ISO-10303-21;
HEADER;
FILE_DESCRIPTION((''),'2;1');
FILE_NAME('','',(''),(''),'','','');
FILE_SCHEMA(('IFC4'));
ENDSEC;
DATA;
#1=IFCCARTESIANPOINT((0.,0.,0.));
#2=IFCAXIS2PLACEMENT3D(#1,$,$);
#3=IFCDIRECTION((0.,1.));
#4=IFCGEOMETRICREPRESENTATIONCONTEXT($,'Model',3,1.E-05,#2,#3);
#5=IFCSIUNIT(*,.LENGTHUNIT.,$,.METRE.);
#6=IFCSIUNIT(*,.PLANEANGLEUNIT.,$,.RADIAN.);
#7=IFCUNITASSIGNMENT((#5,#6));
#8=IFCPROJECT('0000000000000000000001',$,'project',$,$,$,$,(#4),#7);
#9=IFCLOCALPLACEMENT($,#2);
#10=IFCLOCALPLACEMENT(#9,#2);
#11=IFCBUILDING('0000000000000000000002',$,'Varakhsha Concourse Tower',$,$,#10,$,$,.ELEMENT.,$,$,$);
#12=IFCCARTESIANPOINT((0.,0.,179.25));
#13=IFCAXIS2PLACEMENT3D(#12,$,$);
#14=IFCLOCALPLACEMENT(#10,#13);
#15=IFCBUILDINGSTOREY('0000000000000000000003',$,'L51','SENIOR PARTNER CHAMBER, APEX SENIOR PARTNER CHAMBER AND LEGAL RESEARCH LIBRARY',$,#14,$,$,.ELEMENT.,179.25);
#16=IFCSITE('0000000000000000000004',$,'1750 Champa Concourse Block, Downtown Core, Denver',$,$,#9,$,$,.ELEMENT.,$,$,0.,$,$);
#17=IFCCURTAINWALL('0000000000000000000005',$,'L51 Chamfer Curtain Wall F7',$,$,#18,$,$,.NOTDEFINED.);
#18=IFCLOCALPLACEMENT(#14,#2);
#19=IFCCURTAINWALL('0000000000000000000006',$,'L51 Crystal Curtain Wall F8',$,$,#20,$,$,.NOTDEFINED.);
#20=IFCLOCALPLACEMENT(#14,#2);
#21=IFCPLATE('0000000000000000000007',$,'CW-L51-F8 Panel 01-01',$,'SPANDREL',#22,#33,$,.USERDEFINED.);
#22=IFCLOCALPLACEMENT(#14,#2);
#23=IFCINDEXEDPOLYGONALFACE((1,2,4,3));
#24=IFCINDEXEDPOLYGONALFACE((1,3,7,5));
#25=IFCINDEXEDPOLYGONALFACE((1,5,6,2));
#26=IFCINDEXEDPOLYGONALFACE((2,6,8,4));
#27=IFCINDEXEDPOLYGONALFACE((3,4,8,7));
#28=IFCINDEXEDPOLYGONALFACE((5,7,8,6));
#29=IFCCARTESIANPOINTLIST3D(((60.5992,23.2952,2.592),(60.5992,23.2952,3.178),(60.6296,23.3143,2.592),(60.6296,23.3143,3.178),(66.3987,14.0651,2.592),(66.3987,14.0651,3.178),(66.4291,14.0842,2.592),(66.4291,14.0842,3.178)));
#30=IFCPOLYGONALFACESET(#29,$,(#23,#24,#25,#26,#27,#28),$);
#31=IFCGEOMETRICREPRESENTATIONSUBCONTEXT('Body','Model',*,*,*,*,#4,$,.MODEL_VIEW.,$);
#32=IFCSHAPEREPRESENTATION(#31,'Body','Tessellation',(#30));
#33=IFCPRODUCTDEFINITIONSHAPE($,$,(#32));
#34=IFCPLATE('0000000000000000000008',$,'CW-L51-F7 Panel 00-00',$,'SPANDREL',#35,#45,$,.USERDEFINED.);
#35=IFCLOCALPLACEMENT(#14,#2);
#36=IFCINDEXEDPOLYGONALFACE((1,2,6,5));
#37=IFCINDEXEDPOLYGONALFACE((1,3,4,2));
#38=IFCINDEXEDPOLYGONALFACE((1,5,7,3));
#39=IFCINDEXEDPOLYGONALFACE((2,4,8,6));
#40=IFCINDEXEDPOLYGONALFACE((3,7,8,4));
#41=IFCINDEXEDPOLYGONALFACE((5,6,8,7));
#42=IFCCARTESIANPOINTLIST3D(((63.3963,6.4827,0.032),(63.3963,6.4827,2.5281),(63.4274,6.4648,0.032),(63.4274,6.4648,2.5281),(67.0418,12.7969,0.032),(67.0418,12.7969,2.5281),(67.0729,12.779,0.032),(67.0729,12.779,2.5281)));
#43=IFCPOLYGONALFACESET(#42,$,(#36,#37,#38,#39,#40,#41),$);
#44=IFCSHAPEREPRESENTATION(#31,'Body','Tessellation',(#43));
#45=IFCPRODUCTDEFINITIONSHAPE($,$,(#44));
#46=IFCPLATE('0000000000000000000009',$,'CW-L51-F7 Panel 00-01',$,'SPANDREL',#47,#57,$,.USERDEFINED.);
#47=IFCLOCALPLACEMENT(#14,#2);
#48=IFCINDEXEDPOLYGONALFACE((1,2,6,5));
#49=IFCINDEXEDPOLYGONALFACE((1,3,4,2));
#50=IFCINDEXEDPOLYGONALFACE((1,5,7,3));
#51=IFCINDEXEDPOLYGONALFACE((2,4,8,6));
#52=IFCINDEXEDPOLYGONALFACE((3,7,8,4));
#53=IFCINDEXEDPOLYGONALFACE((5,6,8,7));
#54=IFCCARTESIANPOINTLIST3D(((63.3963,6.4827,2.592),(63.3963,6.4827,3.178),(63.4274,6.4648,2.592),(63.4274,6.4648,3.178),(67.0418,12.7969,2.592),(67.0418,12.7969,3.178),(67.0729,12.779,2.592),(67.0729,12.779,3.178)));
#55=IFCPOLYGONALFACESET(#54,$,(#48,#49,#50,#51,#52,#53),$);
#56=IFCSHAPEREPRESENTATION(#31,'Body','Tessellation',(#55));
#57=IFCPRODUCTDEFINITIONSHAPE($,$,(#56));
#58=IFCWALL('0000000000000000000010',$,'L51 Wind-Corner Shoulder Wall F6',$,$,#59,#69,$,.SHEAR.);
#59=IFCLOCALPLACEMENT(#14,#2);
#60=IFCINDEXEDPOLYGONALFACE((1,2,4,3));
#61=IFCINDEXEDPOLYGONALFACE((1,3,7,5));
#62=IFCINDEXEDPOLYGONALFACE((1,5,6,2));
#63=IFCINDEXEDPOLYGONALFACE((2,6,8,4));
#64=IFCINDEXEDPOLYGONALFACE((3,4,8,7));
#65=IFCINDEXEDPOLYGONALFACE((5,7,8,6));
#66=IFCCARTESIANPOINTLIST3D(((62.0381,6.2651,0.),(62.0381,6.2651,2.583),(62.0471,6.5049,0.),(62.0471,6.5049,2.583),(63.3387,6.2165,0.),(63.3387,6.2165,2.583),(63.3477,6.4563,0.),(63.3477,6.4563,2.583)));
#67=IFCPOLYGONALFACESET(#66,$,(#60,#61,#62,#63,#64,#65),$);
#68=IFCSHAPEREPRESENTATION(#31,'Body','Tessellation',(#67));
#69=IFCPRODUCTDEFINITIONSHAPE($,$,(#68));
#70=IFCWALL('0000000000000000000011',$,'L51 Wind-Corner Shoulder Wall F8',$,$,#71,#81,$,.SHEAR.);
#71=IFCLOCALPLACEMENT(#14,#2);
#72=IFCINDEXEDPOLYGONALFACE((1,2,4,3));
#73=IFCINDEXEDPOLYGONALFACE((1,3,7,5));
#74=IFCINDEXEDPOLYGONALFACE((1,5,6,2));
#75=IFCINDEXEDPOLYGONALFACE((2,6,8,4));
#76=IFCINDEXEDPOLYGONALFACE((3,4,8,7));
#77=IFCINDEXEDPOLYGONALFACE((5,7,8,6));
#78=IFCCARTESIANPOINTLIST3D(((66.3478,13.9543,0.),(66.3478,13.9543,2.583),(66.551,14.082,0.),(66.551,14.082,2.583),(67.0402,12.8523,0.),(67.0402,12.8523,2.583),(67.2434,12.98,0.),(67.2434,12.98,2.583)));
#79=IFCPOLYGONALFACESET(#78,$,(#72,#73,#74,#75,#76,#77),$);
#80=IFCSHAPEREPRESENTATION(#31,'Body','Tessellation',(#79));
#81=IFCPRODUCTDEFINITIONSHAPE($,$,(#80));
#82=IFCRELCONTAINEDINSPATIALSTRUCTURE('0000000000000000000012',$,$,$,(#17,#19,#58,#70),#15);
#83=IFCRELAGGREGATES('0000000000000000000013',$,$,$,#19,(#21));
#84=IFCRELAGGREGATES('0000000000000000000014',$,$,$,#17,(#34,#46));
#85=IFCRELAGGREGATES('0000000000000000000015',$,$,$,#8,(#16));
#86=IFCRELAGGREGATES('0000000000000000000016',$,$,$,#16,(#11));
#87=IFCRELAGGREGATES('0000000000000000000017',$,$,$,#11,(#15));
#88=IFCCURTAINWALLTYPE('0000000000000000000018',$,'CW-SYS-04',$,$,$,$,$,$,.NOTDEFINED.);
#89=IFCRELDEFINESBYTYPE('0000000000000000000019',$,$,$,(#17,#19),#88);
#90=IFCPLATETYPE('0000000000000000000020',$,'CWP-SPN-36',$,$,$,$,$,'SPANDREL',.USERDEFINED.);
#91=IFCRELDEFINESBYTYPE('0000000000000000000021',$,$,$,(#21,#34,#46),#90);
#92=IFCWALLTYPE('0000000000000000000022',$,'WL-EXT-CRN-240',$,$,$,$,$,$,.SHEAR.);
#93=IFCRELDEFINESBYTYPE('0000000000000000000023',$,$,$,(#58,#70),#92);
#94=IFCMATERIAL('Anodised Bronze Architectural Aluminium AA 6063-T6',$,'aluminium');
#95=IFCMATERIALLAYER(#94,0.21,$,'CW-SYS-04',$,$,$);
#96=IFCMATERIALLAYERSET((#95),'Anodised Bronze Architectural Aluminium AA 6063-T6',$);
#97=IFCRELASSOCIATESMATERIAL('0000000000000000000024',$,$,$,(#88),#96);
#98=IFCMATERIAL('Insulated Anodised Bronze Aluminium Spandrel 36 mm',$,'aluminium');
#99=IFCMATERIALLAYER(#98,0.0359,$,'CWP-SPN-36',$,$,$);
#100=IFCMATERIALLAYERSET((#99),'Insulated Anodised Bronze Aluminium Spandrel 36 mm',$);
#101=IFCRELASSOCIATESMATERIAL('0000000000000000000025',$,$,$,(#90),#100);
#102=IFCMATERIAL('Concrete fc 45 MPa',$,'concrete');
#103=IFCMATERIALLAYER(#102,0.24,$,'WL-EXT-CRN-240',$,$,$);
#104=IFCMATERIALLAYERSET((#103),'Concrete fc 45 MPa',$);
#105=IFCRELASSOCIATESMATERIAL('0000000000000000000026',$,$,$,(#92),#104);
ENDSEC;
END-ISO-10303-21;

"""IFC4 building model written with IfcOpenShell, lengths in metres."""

from ifc_helpers import new_model, si_unit, direction, frame, frame_2d, origin, origin_2d, place, context, subcontext, project, spatial, rectangle, extrude, source, transform, mapped, material, layer, layer_set, type_object, element, aggregate, save


model = new_model("IFC4")

# Units and contexts
model_context = context("Model", 3, precision=1e-05, world=origin(), true_north=direction((0.0, 1.0)))
body_context = subcontext(model_context, "Body", "Model", "MODEL_VIEW")
ifc_project = project(units=[si_unit("LENGTHUNIT", "METRE"), si_unit("PLANEANGLEUNIT", "RADIAN")], contexts=[model_context])

# Site, building, storey
site_placement = place(None, origin())
site = spatial("IfcSite", under=ifc_project, at=site_placement, Name="1750 Champa Concourse Block, Downtown Core, Denver", CompositionType="ELEMENT", RefElevation=0.0)
building_placement = place(site_placement, origin())
building = spatial("IfcBuilding", under=site, at=building_placement, Name="Varakhsha Concourse Tower", CompositionType="ELEMENT")
storey_placement = place(building_placement, frame((0.0, 0.0, 179.25)))
storey = spatial("IfcBuildingStorey", under=building, at=storey_placement, Name="L51", Description="SENIOR PARTNER CHAMBER, APEX SENIOR PARTNER CHAMBER AND LEGAL RESEARCH LIBRARY", CompositionType="ELEMENT", Elevation=179.25)

# Shared definitions
ifc_material_1 = material(Name="Anodised Bronze Architectural Aluminium AA 6063-T6", Category="aluminium")
ifc_layer_1 = layer(ifc_material_1, 0.21, Name="CW-SYS-04")
ifc_layer_set_1 = layer_set([ifc_layer_1], Name="Anodised Bronze Architectural Aluminium AA 6063-T6")
curtain_wall_type = type_object("IfcCurtainWallType", Name="CW-SYS-04", PredefinedType="NOTDEFINED", material=ifc_layer_set_1)

# Curtain wall
curtain_wall_1_placement = place(storey_placement, origin())
curtain_wall_1 = element("IfcCurtainWall", 1, at=curtain_wall_1_placement, inside=storey, type_object=curtain_wall_type, Name="L51 Chamfer Curtain Wall F7", PredefinedType="NOTDEFINED")

# Curtain wall
curtain_wall_2_placement = place(storey_placement, origin())
curtain_wall_2 = element("IfcCurtainWall", 2, at=curtain_wall_2_placement, inside=storey, type_object=curtain_wall_type, Name="L51 Crystal Curtain Wall F8", PredefinedType="NOTDEFINED")

# Plates
ifc_material_2 = material(Name="Insulated Anodised Bronze Aluminium Spandrel 36 mm", Category="aluminium")
ifc_layer_2 = layer(ifc_material_2, 0.0359, Name="CWP-SPN-36")
ifc_layer_set_2 = layer_set([ifc_layer_2], Name="Insulated Anodised Bronze Aluminium Spandrel 36 mm")
plate_type_1 = type_object("IfcPlateType", Name="CWP-SPN-36", ElementType="SPANDREL", PredefinedType="USERDEFINED", material=ifc_layer_set_2)
shared_shape_1 = source(origin(), body_context, "Body", "SweptSolid", [
    extrude(rectangle(XDim=10.9009, YDim=0.0359, at=origin_2d()), origin(), (0.0, 0.0, 1.0), 0.5859),
])
plate_1_placement = place(storey_placement, frame((63.5142, 18.6897, 2.592), z_axis=(0.0, 0.0, 1.0), x_axis=(0.532022, -0.84673, 0.0)))
plate_1 = element("IfcPlate", 3, at=plate_1_placement, type_object=plate_type_1, Name="CW-L51-F8 Panel 01-01", ObjectType="SPANDREL", PredefinedType="USERDEFINED", context=body_context, shape_type="MappedRepresentation", body=[
    mapped(shared_shape_1, transform((0.0, 0.0, 0.0), scale=1.0)),
])
aggregate(curtain_wall_2, [plate_1])
shared_shape_2 = source(origin(), body_context, "Body", "SweptSolid", [
    extrude(rectangle(XDim=7.291, YDim=0.0359, at=origin_2d()), origin(), (0.0, 0.0, 1.0), 2.4961),
])
plate_2_placement = place(storey_placement, frame((65.2346, 9.6309, 0.032), z_axis=(0.0, 0.0, 1.0), x_axis=(-0.499997, -0.866027, 0.0)))
plate_2 = element("IfcPlate", 4, at=plate_2_placement, type_object=plate_type_1, Name="CW-L51-F7 Panel 00-00", ObjectType="SPANDREL", PredefinedType="USERDEFINED", context=body_context, shape_type="MappedRepresentation", body=[
    mapped(shared_shape_2, transform((0.0, 0.0, 0.0), scale=1.0)),
])
shared_shape_3 = source(origin(), body_context, "Body", "SweptSolid", [
    extrude(rectangle(XDim=7.291, YDim=0.0359, at=origin_2d()), origin(), (0.0, 0.0, 1.0), 0.5859),
])
plate_3_placement = place(storey_placement, frame((65.2346, 9.6309, 2.592), z_axis=(0.0, 0.0, 1.0), x_axis=(-0.499997, -0.866027, 0.0)))
plate_3 = element("IfcPlate", 5, at=plate_3_placement, type_object=plate_type_1, Name="CW-L51-F7 Panel 00-01", ObjectType="SPANDREL", PredefinedType="USERDEFINED", context=body_context, shape_type="MappedRepresentation", body=[
    mapped(shared_shape_3, transform((0.0, 0.0, 0.0), scale=1.0)),
])
aggregate(curtain_wall_1, [plate_2, plate_3])

# Walls
ifc_material_3 = material(Name="Concrete fc 45 MPa", Category="concrete")
ifc_layer_3 = layer(ifc_material_3, 0.24, Name="WL-EXT-CRN-240")
ifc_layer_set_3 = layer_set([ifc_layer_3], Name="Concrete fc 45 MPa")
wall_type = type_object("IfcWallType", Name="WL-EXT-CRN-240", PredefinedType="SHEAR", material=ifc_layer_set_3)
for number, where, z_axis, x_axis, name in (
    (6, (62.0425, 6.385, 0.0), (0.0, 0.0, 1.0), (0.999303, -0.037331, 0.0), "L51 Wind-Corner Shoulder Wall F6"),
    (7, (67.1418, 12.916, 0.0), (0.0, 0.0, 1.0), (-0.531987, 0.846752, 0.0), "L51 Wind-Corner Shoulder Wall F8"),
):
    element("IfcWall", number, at=place(storey_placement, frame(where, z_axis=z_axis, x_axis=x_axis)), inside=storey, type_object=wall_type, Name=name, PredefinedType="SHEAR", context=body_context, shape_type="SweptSolid", body=[
        extrude(rectangle(XDim=1.3015, YDim=0.24, at=frame_2d((0.6509, 0.0))), origin(), (0.0, 0.0, 1.0), 2.583),
    ])

save(model, "model.ifc")
